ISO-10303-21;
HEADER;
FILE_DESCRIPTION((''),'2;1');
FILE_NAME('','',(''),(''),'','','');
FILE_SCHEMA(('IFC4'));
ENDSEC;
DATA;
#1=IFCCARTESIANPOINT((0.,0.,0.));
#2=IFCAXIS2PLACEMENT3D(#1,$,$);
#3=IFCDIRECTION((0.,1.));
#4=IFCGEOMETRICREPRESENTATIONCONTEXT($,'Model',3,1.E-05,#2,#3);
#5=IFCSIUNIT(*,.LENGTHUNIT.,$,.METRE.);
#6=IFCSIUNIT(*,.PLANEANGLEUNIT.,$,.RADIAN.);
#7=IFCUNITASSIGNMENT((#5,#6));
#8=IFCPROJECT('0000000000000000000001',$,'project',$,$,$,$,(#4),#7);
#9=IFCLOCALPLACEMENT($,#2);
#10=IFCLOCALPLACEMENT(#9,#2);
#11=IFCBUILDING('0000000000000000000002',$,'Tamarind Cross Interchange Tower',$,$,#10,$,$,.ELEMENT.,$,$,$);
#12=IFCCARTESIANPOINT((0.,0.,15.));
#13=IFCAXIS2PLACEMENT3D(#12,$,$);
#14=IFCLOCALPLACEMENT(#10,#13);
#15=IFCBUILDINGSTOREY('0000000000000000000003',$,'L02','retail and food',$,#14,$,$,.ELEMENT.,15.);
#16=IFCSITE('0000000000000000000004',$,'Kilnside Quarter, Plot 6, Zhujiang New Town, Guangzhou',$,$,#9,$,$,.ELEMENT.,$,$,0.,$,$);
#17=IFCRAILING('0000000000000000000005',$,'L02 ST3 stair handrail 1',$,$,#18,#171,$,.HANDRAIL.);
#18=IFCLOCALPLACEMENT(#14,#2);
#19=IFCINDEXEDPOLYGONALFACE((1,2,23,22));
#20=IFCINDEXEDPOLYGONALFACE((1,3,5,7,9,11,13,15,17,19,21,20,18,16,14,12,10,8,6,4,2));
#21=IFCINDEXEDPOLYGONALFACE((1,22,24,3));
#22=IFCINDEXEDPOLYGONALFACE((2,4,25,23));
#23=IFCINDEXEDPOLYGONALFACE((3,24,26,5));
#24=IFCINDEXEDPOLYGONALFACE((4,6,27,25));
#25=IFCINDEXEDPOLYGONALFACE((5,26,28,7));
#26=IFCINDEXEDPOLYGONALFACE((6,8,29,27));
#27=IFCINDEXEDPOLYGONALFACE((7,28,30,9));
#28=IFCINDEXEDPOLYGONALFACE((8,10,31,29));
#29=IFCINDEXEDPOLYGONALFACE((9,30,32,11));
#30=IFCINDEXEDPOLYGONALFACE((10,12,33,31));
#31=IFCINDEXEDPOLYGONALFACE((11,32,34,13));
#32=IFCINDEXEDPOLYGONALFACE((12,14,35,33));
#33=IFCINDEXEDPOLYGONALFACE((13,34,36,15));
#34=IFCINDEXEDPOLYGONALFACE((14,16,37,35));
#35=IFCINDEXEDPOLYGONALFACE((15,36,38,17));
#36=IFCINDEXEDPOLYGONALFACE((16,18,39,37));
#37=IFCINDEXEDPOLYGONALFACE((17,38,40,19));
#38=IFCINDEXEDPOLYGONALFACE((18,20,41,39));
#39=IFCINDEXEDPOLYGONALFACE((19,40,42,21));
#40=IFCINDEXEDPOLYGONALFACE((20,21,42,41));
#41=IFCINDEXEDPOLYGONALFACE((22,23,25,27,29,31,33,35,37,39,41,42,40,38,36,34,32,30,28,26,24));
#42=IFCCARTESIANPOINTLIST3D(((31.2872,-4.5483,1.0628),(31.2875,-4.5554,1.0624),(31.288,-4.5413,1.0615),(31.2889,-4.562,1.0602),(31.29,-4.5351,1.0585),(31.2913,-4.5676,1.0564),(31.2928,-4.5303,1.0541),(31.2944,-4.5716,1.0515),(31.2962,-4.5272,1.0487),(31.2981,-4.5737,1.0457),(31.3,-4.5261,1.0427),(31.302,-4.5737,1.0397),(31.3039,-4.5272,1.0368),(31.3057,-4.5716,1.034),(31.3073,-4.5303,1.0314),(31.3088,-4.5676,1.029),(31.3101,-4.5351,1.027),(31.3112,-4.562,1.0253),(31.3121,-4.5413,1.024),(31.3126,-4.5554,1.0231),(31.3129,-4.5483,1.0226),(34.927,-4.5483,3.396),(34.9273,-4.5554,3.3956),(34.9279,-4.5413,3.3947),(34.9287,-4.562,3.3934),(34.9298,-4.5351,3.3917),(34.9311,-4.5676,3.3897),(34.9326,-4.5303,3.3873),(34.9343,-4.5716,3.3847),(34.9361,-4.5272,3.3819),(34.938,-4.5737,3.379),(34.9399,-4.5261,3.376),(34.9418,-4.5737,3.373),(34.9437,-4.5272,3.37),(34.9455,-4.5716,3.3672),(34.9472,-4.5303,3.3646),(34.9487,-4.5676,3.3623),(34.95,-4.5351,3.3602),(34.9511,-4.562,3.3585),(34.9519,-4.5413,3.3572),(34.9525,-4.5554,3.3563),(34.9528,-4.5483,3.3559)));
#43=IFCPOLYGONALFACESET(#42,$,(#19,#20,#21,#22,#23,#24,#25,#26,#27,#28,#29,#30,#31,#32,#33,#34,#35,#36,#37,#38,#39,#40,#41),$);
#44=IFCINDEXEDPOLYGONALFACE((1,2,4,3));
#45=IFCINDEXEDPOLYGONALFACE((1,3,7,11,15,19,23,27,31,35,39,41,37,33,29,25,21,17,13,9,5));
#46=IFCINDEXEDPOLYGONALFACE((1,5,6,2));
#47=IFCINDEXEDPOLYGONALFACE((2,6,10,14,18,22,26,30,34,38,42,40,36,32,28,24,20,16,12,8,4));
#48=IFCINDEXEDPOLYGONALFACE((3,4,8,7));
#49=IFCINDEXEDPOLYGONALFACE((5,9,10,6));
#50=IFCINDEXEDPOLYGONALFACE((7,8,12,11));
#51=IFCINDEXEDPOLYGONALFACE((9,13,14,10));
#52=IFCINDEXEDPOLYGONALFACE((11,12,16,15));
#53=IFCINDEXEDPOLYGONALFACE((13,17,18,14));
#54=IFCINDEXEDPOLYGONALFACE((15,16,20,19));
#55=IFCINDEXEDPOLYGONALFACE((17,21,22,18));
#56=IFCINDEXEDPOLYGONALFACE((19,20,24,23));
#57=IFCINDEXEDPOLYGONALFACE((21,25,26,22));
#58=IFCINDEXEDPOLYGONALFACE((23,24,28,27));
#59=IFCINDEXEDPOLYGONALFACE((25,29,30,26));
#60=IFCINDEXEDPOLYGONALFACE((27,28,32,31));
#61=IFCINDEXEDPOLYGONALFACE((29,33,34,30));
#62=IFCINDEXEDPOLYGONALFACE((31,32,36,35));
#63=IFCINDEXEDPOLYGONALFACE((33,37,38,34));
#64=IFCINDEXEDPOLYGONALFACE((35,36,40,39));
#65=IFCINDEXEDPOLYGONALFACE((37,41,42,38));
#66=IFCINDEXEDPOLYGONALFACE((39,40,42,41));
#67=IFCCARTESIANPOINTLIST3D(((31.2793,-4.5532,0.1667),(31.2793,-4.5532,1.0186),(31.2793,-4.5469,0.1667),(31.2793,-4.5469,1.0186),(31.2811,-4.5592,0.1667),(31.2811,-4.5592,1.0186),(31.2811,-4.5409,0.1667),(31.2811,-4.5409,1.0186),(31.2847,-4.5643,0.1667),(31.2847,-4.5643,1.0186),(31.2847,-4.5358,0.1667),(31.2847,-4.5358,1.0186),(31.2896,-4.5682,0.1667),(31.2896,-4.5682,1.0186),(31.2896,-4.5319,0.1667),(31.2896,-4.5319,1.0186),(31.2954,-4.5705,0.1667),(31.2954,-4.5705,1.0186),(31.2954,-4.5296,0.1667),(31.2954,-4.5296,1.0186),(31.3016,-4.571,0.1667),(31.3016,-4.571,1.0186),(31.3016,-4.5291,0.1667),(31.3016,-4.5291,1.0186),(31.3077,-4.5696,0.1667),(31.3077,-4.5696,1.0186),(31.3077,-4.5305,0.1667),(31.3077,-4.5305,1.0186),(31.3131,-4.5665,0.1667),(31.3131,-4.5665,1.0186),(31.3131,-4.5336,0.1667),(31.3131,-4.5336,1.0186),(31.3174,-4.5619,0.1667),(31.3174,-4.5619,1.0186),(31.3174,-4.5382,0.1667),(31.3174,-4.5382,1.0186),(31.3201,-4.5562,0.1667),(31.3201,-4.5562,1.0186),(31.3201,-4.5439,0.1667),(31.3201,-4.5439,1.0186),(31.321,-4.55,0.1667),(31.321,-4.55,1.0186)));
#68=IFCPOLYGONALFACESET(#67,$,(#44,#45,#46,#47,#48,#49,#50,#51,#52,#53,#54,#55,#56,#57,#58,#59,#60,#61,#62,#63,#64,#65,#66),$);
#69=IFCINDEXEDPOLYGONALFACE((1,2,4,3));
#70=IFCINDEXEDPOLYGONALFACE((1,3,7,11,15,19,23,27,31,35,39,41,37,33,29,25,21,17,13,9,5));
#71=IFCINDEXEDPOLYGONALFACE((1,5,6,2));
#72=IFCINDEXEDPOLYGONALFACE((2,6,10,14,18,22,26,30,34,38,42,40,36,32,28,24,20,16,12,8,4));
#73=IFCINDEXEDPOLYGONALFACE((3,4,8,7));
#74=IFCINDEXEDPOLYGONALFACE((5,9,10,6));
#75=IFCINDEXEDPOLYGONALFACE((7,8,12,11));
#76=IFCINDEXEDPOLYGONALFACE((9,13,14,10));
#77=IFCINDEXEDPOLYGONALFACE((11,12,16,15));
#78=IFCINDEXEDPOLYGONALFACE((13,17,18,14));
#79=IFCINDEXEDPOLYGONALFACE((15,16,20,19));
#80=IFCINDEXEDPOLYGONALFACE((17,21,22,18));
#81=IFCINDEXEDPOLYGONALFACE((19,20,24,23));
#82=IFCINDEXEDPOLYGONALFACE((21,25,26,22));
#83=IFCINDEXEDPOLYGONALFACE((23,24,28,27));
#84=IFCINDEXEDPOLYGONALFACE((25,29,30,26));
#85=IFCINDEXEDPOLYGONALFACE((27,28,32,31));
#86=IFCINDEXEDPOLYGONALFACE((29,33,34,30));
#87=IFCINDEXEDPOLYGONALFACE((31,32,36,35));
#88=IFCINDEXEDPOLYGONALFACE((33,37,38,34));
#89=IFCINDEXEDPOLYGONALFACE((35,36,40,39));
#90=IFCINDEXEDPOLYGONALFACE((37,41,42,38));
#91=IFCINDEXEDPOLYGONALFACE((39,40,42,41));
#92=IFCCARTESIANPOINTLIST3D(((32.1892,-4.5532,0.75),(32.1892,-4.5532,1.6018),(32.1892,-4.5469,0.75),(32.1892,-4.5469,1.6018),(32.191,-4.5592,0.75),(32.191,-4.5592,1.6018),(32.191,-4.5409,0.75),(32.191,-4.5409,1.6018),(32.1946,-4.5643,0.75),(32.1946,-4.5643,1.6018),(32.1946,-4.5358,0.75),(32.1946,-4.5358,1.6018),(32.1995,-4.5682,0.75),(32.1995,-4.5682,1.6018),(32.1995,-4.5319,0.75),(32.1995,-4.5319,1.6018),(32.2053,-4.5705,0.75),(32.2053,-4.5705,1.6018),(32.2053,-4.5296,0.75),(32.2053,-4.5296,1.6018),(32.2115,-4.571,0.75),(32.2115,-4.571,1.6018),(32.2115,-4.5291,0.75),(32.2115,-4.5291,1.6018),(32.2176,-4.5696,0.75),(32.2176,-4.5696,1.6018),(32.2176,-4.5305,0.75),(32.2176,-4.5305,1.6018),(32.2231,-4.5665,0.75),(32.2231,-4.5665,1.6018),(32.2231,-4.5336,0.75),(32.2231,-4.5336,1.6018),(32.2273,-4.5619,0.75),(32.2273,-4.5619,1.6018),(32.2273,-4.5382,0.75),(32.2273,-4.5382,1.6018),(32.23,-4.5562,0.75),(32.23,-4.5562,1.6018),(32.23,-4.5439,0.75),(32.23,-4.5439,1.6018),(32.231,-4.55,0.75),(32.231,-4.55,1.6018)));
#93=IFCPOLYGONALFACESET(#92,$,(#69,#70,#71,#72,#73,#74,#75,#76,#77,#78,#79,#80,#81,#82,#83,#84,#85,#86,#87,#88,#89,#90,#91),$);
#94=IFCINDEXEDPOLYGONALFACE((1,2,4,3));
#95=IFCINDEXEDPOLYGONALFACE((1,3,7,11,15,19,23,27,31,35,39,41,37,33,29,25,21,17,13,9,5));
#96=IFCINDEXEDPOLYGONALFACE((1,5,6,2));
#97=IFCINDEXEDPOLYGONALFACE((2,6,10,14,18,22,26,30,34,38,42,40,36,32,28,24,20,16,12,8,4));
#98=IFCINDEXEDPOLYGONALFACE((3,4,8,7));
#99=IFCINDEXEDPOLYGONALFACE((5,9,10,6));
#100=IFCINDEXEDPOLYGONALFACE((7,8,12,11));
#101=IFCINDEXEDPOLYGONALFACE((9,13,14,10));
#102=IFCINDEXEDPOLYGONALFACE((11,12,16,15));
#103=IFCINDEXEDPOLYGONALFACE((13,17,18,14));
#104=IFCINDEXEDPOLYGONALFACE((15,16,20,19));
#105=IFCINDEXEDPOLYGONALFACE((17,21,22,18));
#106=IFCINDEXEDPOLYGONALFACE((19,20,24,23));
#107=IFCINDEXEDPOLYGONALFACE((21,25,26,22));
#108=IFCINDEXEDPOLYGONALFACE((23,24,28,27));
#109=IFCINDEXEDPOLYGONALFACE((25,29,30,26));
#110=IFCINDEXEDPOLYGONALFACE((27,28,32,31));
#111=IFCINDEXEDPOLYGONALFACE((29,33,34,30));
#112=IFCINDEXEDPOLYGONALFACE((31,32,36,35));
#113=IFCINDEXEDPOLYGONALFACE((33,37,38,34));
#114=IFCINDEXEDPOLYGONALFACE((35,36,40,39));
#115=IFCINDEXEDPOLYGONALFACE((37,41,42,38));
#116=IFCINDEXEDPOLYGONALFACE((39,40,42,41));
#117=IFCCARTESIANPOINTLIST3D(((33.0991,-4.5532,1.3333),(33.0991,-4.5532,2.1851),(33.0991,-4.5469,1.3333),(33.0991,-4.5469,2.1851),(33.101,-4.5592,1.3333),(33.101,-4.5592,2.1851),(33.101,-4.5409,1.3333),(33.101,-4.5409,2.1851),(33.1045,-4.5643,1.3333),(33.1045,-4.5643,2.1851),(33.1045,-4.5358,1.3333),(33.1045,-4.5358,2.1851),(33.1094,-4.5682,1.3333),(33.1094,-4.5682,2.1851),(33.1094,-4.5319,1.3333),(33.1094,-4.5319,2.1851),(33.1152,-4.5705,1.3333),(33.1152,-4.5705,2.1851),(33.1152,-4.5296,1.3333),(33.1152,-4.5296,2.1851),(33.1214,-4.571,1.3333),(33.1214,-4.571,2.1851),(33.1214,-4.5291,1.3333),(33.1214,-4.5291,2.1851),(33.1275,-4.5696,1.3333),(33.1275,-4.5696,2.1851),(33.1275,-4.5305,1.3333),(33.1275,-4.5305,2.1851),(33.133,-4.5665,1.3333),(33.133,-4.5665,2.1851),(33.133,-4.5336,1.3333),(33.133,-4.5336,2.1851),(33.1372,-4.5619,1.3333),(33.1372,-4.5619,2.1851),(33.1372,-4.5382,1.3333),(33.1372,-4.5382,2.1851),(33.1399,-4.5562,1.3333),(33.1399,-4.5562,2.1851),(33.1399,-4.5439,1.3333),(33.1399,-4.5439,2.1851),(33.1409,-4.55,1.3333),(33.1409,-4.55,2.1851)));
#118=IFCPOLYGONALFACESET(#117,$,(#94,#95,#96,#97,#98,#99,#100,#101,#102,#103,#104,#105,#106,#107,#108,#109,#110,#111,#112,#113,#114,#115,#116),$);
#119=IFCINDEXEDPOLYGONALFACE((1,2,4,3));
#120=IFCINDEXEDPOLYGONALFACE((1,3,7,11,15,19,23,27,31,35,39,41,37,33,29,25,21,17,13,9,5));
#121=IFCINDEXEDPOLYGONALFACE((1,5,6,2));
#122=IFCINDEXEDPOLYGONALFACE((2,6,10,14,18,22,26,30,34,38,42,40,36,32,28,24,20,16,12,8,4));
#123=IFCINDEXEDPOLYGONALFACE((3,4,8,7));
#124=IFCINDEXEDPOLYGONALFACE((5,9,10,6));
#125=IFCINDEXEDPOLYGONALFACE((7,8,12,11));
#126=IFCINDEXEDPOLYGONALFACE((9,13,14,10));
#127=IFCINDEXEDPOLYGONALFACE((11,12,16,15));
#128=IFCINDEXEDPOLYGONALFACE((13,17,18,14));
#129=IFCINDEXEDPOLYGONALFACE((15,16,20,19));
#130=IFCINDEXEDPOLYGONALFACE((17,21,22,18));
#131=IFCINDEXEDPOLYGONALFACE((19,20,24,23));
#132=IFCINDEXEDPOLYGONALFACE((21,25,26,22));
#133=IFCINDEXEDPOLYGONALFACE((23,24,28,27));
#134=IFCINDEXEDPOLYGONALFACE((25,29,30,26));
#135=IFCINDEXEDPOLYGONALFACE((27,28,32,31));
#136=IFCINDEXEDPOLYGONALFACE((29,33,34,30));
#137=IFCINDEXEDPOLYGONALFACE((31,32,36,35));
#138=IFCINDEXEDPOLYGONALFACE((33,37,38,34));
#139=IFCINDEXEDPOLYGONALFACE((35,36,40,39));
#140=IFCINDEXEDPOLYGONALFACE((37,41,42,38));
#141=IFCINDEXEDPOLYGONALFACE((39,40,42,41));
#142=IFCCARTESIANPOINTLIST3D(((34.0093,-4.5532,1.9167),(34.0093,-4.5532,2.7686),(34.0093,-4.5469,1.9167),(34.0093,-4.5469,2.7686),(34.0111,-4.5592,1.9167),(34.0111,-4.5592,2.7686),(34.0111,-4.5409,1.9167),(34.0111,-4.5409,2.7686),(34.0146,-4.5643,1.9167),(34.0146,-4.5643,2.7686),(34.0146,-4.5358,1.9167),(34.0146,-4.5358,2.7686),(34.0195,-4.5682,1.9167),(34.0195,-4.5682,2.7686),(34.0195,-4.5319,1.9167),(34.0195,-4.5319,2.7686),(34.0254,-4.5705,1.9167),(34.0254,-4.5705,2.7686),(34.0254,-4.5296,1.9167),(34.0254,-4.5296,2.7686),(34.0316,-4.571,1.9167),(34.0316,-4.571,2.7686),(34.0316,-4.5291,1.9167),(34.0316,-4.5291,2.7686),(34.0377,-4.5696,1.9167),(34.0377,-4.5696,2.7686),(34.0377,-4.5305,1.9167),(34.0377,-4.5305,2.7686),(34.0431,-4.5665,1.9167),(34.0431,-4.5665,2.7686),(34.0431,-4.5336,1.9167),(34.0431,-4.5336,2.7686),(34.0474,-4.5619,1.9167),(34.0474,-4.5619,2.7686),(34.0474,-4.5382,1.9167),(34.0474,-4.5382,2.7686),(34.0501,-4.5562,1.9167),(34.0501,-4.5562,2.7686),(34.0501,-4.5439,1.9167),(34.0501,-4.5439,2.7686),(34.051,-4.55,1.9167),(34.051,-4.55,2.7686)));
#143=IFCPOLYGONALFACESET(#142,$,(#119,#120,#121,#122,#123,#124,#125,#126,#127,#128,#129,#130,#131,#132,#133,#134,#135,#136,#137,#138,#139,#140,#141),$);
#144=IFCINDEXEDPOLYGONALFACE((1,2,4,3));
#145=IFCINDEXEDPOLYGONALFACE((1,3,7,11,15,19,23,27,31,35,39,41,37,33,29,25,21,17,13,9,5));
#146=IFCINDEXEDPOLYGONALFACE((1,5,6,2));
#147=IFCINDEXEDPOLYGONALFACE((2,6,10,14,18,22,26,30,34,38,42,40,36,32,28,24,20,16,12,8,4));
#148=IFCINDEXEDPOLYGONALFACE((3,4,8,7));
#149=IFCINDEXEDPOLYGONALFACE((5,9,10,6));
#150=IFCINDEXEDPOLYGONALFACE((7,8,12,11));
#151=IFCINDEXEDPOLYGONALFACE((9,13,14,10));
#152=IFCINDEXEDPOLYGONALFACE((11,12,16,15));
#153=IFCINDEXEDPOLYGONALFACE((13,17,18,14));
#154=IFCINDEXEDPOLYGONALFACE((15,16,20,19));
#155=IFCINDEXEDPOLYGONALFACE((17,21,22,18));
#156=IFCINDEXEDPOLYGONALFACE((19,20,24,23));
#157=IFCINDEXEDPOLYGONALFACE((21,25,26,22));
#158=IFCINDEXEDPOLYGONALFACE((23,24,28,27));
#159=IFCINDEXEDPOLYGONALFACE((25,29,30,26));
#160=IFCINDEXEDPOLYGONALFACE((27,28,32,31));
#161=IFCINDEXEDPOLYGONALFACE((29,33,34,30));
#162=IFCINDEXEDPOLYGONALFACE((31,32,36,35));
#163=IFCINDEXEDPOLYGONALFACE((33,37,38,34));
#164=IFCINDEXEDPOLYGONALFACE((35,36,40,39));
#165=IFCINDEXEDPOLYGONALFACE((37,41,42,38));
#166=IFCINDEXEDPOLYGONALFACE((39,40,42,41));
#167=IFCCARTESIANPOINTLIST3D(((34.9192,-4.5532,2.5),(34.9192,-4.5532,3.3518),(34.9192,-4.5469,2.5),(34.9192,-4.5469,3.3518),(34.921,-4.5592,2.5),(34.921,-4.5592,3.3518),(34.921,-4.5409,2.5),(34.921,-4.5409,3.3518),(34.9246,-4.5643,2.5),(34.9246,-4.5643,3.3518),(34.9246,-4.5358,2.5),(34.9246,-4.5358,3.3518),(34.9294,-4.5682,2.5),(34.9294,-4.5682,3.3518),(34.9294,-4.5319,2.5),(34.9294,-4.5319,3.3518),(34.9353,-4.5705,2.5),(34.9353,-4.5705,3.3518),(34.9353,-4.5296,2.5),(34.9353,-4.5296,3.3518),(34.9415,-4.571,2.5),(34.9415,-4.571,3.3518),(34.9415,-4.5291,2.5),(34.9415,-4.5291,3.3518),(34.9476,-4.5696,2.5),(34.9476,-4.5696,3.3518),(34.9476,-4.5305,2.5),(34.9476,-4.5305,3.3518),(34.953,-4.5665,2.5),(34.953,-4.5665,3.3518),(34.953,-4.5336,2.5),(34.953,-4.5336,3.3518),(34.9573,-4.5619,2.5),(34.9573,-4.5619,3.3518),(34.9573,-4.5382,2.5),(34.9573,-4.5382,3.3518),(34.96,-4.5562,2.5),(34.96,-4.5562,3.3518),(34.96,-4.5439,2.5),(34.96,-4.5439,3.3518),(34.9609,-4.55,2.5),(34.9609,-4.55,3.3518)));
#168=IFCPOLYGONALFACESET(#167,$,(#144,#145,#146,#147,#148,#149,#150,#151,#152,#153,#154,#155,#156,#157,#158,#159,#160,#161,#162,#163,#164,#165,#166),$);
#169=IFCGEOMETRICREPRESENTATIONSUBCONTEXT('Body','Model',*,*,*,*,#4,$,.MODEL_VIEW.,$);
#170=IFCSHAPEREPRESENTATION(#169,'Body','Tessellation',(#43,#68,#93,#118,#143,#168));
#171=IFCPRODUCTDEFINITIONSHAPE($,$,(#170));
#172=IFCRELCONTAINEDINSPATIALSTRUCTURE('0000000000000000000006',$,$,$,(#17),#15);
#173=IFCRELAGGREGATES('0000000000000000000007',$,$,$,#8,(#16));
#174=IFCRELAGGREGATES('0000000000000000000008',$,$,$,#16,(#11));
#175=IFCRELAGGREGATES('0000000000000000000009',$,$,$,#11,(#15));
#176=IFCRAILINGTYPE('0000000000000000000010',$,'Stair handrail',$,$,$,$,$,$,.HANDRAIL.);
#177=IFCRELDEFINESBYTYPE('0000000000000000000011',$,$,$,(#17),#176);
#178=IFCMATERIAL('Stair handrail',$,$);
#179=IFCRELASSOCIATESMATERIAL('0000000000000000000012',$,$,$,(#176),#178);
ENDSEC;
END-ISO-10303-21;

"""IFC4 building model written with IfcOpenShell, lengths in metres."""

from ifc_helpers import new_model, si_unit, direction, frame, origin, origin_2d, place, context, subcontext, project, spatial, circle, extrude, material, type_object, element, save


model = new_model("IFC4")

# Units and contexts
model_context = context("Model", 3, precision=1e-05, world=origin(), true_north=direction((0.0, 1.0)))
body_context = subcontext(model_context, "Body", "Model", "MODEL_VIEW")
ifc_project = project(units=[si_unit("LENGTHUNIT", "METRE"), si_unit("PLANEANGLEUNIT", "RADIAN")], contexts=[model_context])

# Site, building, storey
site_placement = place(None, origin())
site = spatial("IfcSite", under=ifc_project, at=site_placement, Name="Kilnside Quarter, Plot 6, Zhujiang New Town, Guangzhou", CompositionType="ELEMENT", RefElevation=0.0)
building_placement = place(site_placement, origin())
building = spatial("IfcBuilding", under=site, at=building_placement, Name="Tamarind Cross Interchange Tower", CompositionType="ELEMENT")
storey_placement = place(building_placement, frame((0.0, 0.0, 15.0)))
storey = spatial("IfcBuildingStorey", under=building, at=storey_placement, Name="L02", Description="retail and food", CompositionType="ELEMENT", Elevation=15.0)

# Railing
ifc_material_1 = material(Name="Stair handrail")
railing_type_1 = type_object("IfcRailingType", Name="Stair handrail", PredefinedType="HANDRAIL", material=ifc_material_1)
railing_1_placement = place(storey_placement, frame((31.3, -4.55, 0.1667)))
element("IfcRailing", 1, at=railing_1_placement, inside=storey, type_object=railing_type_1, Name="L02 ST3 stair handrail 1", PredefinedType="HANDRAIL", context=body_context, shape_type="SweptSolid", body=[
    extrude(circle(Radius=0.0239, at=origin_2d()), frame((0.0, 0.0, 0.876), z_axis=(0.84188, 0.0, 0.539664), x_axis=(0.0, 1.0, 0.0)), (0.0, 0.0, 1.0), 4.3235),
    extrude(circle(Radius=0.021, at=origin_2d()), origin(), (0.0, 0.0, 1.0), 0.8518),
    extrude(circle(Radius=0.021, at=origin_2d()), frame((0.9099, 0.0, 0.5833)), (0.0, 0.0, 1.0), 0.8518),
    extrude(circle(Radius=0.021, at=origin_2d()), frame((1.8198, 0.0, 1.1665)), (0.0, 0.0, 1.0), 0.8518),
    extrude(circle(Radius=0.021, at=origin_2d()), frame((2.73, 0.0, 1.75)), (0.0, 0.0, 1.0), 0.8518),
    extrude(circle(Radius=0.021, at=origin_2d()), frame((3.6399, 0.0, 2.3333)), (0.0, 0.0, 1.0), 0.8518),
])

save(model, "model.ifc")
